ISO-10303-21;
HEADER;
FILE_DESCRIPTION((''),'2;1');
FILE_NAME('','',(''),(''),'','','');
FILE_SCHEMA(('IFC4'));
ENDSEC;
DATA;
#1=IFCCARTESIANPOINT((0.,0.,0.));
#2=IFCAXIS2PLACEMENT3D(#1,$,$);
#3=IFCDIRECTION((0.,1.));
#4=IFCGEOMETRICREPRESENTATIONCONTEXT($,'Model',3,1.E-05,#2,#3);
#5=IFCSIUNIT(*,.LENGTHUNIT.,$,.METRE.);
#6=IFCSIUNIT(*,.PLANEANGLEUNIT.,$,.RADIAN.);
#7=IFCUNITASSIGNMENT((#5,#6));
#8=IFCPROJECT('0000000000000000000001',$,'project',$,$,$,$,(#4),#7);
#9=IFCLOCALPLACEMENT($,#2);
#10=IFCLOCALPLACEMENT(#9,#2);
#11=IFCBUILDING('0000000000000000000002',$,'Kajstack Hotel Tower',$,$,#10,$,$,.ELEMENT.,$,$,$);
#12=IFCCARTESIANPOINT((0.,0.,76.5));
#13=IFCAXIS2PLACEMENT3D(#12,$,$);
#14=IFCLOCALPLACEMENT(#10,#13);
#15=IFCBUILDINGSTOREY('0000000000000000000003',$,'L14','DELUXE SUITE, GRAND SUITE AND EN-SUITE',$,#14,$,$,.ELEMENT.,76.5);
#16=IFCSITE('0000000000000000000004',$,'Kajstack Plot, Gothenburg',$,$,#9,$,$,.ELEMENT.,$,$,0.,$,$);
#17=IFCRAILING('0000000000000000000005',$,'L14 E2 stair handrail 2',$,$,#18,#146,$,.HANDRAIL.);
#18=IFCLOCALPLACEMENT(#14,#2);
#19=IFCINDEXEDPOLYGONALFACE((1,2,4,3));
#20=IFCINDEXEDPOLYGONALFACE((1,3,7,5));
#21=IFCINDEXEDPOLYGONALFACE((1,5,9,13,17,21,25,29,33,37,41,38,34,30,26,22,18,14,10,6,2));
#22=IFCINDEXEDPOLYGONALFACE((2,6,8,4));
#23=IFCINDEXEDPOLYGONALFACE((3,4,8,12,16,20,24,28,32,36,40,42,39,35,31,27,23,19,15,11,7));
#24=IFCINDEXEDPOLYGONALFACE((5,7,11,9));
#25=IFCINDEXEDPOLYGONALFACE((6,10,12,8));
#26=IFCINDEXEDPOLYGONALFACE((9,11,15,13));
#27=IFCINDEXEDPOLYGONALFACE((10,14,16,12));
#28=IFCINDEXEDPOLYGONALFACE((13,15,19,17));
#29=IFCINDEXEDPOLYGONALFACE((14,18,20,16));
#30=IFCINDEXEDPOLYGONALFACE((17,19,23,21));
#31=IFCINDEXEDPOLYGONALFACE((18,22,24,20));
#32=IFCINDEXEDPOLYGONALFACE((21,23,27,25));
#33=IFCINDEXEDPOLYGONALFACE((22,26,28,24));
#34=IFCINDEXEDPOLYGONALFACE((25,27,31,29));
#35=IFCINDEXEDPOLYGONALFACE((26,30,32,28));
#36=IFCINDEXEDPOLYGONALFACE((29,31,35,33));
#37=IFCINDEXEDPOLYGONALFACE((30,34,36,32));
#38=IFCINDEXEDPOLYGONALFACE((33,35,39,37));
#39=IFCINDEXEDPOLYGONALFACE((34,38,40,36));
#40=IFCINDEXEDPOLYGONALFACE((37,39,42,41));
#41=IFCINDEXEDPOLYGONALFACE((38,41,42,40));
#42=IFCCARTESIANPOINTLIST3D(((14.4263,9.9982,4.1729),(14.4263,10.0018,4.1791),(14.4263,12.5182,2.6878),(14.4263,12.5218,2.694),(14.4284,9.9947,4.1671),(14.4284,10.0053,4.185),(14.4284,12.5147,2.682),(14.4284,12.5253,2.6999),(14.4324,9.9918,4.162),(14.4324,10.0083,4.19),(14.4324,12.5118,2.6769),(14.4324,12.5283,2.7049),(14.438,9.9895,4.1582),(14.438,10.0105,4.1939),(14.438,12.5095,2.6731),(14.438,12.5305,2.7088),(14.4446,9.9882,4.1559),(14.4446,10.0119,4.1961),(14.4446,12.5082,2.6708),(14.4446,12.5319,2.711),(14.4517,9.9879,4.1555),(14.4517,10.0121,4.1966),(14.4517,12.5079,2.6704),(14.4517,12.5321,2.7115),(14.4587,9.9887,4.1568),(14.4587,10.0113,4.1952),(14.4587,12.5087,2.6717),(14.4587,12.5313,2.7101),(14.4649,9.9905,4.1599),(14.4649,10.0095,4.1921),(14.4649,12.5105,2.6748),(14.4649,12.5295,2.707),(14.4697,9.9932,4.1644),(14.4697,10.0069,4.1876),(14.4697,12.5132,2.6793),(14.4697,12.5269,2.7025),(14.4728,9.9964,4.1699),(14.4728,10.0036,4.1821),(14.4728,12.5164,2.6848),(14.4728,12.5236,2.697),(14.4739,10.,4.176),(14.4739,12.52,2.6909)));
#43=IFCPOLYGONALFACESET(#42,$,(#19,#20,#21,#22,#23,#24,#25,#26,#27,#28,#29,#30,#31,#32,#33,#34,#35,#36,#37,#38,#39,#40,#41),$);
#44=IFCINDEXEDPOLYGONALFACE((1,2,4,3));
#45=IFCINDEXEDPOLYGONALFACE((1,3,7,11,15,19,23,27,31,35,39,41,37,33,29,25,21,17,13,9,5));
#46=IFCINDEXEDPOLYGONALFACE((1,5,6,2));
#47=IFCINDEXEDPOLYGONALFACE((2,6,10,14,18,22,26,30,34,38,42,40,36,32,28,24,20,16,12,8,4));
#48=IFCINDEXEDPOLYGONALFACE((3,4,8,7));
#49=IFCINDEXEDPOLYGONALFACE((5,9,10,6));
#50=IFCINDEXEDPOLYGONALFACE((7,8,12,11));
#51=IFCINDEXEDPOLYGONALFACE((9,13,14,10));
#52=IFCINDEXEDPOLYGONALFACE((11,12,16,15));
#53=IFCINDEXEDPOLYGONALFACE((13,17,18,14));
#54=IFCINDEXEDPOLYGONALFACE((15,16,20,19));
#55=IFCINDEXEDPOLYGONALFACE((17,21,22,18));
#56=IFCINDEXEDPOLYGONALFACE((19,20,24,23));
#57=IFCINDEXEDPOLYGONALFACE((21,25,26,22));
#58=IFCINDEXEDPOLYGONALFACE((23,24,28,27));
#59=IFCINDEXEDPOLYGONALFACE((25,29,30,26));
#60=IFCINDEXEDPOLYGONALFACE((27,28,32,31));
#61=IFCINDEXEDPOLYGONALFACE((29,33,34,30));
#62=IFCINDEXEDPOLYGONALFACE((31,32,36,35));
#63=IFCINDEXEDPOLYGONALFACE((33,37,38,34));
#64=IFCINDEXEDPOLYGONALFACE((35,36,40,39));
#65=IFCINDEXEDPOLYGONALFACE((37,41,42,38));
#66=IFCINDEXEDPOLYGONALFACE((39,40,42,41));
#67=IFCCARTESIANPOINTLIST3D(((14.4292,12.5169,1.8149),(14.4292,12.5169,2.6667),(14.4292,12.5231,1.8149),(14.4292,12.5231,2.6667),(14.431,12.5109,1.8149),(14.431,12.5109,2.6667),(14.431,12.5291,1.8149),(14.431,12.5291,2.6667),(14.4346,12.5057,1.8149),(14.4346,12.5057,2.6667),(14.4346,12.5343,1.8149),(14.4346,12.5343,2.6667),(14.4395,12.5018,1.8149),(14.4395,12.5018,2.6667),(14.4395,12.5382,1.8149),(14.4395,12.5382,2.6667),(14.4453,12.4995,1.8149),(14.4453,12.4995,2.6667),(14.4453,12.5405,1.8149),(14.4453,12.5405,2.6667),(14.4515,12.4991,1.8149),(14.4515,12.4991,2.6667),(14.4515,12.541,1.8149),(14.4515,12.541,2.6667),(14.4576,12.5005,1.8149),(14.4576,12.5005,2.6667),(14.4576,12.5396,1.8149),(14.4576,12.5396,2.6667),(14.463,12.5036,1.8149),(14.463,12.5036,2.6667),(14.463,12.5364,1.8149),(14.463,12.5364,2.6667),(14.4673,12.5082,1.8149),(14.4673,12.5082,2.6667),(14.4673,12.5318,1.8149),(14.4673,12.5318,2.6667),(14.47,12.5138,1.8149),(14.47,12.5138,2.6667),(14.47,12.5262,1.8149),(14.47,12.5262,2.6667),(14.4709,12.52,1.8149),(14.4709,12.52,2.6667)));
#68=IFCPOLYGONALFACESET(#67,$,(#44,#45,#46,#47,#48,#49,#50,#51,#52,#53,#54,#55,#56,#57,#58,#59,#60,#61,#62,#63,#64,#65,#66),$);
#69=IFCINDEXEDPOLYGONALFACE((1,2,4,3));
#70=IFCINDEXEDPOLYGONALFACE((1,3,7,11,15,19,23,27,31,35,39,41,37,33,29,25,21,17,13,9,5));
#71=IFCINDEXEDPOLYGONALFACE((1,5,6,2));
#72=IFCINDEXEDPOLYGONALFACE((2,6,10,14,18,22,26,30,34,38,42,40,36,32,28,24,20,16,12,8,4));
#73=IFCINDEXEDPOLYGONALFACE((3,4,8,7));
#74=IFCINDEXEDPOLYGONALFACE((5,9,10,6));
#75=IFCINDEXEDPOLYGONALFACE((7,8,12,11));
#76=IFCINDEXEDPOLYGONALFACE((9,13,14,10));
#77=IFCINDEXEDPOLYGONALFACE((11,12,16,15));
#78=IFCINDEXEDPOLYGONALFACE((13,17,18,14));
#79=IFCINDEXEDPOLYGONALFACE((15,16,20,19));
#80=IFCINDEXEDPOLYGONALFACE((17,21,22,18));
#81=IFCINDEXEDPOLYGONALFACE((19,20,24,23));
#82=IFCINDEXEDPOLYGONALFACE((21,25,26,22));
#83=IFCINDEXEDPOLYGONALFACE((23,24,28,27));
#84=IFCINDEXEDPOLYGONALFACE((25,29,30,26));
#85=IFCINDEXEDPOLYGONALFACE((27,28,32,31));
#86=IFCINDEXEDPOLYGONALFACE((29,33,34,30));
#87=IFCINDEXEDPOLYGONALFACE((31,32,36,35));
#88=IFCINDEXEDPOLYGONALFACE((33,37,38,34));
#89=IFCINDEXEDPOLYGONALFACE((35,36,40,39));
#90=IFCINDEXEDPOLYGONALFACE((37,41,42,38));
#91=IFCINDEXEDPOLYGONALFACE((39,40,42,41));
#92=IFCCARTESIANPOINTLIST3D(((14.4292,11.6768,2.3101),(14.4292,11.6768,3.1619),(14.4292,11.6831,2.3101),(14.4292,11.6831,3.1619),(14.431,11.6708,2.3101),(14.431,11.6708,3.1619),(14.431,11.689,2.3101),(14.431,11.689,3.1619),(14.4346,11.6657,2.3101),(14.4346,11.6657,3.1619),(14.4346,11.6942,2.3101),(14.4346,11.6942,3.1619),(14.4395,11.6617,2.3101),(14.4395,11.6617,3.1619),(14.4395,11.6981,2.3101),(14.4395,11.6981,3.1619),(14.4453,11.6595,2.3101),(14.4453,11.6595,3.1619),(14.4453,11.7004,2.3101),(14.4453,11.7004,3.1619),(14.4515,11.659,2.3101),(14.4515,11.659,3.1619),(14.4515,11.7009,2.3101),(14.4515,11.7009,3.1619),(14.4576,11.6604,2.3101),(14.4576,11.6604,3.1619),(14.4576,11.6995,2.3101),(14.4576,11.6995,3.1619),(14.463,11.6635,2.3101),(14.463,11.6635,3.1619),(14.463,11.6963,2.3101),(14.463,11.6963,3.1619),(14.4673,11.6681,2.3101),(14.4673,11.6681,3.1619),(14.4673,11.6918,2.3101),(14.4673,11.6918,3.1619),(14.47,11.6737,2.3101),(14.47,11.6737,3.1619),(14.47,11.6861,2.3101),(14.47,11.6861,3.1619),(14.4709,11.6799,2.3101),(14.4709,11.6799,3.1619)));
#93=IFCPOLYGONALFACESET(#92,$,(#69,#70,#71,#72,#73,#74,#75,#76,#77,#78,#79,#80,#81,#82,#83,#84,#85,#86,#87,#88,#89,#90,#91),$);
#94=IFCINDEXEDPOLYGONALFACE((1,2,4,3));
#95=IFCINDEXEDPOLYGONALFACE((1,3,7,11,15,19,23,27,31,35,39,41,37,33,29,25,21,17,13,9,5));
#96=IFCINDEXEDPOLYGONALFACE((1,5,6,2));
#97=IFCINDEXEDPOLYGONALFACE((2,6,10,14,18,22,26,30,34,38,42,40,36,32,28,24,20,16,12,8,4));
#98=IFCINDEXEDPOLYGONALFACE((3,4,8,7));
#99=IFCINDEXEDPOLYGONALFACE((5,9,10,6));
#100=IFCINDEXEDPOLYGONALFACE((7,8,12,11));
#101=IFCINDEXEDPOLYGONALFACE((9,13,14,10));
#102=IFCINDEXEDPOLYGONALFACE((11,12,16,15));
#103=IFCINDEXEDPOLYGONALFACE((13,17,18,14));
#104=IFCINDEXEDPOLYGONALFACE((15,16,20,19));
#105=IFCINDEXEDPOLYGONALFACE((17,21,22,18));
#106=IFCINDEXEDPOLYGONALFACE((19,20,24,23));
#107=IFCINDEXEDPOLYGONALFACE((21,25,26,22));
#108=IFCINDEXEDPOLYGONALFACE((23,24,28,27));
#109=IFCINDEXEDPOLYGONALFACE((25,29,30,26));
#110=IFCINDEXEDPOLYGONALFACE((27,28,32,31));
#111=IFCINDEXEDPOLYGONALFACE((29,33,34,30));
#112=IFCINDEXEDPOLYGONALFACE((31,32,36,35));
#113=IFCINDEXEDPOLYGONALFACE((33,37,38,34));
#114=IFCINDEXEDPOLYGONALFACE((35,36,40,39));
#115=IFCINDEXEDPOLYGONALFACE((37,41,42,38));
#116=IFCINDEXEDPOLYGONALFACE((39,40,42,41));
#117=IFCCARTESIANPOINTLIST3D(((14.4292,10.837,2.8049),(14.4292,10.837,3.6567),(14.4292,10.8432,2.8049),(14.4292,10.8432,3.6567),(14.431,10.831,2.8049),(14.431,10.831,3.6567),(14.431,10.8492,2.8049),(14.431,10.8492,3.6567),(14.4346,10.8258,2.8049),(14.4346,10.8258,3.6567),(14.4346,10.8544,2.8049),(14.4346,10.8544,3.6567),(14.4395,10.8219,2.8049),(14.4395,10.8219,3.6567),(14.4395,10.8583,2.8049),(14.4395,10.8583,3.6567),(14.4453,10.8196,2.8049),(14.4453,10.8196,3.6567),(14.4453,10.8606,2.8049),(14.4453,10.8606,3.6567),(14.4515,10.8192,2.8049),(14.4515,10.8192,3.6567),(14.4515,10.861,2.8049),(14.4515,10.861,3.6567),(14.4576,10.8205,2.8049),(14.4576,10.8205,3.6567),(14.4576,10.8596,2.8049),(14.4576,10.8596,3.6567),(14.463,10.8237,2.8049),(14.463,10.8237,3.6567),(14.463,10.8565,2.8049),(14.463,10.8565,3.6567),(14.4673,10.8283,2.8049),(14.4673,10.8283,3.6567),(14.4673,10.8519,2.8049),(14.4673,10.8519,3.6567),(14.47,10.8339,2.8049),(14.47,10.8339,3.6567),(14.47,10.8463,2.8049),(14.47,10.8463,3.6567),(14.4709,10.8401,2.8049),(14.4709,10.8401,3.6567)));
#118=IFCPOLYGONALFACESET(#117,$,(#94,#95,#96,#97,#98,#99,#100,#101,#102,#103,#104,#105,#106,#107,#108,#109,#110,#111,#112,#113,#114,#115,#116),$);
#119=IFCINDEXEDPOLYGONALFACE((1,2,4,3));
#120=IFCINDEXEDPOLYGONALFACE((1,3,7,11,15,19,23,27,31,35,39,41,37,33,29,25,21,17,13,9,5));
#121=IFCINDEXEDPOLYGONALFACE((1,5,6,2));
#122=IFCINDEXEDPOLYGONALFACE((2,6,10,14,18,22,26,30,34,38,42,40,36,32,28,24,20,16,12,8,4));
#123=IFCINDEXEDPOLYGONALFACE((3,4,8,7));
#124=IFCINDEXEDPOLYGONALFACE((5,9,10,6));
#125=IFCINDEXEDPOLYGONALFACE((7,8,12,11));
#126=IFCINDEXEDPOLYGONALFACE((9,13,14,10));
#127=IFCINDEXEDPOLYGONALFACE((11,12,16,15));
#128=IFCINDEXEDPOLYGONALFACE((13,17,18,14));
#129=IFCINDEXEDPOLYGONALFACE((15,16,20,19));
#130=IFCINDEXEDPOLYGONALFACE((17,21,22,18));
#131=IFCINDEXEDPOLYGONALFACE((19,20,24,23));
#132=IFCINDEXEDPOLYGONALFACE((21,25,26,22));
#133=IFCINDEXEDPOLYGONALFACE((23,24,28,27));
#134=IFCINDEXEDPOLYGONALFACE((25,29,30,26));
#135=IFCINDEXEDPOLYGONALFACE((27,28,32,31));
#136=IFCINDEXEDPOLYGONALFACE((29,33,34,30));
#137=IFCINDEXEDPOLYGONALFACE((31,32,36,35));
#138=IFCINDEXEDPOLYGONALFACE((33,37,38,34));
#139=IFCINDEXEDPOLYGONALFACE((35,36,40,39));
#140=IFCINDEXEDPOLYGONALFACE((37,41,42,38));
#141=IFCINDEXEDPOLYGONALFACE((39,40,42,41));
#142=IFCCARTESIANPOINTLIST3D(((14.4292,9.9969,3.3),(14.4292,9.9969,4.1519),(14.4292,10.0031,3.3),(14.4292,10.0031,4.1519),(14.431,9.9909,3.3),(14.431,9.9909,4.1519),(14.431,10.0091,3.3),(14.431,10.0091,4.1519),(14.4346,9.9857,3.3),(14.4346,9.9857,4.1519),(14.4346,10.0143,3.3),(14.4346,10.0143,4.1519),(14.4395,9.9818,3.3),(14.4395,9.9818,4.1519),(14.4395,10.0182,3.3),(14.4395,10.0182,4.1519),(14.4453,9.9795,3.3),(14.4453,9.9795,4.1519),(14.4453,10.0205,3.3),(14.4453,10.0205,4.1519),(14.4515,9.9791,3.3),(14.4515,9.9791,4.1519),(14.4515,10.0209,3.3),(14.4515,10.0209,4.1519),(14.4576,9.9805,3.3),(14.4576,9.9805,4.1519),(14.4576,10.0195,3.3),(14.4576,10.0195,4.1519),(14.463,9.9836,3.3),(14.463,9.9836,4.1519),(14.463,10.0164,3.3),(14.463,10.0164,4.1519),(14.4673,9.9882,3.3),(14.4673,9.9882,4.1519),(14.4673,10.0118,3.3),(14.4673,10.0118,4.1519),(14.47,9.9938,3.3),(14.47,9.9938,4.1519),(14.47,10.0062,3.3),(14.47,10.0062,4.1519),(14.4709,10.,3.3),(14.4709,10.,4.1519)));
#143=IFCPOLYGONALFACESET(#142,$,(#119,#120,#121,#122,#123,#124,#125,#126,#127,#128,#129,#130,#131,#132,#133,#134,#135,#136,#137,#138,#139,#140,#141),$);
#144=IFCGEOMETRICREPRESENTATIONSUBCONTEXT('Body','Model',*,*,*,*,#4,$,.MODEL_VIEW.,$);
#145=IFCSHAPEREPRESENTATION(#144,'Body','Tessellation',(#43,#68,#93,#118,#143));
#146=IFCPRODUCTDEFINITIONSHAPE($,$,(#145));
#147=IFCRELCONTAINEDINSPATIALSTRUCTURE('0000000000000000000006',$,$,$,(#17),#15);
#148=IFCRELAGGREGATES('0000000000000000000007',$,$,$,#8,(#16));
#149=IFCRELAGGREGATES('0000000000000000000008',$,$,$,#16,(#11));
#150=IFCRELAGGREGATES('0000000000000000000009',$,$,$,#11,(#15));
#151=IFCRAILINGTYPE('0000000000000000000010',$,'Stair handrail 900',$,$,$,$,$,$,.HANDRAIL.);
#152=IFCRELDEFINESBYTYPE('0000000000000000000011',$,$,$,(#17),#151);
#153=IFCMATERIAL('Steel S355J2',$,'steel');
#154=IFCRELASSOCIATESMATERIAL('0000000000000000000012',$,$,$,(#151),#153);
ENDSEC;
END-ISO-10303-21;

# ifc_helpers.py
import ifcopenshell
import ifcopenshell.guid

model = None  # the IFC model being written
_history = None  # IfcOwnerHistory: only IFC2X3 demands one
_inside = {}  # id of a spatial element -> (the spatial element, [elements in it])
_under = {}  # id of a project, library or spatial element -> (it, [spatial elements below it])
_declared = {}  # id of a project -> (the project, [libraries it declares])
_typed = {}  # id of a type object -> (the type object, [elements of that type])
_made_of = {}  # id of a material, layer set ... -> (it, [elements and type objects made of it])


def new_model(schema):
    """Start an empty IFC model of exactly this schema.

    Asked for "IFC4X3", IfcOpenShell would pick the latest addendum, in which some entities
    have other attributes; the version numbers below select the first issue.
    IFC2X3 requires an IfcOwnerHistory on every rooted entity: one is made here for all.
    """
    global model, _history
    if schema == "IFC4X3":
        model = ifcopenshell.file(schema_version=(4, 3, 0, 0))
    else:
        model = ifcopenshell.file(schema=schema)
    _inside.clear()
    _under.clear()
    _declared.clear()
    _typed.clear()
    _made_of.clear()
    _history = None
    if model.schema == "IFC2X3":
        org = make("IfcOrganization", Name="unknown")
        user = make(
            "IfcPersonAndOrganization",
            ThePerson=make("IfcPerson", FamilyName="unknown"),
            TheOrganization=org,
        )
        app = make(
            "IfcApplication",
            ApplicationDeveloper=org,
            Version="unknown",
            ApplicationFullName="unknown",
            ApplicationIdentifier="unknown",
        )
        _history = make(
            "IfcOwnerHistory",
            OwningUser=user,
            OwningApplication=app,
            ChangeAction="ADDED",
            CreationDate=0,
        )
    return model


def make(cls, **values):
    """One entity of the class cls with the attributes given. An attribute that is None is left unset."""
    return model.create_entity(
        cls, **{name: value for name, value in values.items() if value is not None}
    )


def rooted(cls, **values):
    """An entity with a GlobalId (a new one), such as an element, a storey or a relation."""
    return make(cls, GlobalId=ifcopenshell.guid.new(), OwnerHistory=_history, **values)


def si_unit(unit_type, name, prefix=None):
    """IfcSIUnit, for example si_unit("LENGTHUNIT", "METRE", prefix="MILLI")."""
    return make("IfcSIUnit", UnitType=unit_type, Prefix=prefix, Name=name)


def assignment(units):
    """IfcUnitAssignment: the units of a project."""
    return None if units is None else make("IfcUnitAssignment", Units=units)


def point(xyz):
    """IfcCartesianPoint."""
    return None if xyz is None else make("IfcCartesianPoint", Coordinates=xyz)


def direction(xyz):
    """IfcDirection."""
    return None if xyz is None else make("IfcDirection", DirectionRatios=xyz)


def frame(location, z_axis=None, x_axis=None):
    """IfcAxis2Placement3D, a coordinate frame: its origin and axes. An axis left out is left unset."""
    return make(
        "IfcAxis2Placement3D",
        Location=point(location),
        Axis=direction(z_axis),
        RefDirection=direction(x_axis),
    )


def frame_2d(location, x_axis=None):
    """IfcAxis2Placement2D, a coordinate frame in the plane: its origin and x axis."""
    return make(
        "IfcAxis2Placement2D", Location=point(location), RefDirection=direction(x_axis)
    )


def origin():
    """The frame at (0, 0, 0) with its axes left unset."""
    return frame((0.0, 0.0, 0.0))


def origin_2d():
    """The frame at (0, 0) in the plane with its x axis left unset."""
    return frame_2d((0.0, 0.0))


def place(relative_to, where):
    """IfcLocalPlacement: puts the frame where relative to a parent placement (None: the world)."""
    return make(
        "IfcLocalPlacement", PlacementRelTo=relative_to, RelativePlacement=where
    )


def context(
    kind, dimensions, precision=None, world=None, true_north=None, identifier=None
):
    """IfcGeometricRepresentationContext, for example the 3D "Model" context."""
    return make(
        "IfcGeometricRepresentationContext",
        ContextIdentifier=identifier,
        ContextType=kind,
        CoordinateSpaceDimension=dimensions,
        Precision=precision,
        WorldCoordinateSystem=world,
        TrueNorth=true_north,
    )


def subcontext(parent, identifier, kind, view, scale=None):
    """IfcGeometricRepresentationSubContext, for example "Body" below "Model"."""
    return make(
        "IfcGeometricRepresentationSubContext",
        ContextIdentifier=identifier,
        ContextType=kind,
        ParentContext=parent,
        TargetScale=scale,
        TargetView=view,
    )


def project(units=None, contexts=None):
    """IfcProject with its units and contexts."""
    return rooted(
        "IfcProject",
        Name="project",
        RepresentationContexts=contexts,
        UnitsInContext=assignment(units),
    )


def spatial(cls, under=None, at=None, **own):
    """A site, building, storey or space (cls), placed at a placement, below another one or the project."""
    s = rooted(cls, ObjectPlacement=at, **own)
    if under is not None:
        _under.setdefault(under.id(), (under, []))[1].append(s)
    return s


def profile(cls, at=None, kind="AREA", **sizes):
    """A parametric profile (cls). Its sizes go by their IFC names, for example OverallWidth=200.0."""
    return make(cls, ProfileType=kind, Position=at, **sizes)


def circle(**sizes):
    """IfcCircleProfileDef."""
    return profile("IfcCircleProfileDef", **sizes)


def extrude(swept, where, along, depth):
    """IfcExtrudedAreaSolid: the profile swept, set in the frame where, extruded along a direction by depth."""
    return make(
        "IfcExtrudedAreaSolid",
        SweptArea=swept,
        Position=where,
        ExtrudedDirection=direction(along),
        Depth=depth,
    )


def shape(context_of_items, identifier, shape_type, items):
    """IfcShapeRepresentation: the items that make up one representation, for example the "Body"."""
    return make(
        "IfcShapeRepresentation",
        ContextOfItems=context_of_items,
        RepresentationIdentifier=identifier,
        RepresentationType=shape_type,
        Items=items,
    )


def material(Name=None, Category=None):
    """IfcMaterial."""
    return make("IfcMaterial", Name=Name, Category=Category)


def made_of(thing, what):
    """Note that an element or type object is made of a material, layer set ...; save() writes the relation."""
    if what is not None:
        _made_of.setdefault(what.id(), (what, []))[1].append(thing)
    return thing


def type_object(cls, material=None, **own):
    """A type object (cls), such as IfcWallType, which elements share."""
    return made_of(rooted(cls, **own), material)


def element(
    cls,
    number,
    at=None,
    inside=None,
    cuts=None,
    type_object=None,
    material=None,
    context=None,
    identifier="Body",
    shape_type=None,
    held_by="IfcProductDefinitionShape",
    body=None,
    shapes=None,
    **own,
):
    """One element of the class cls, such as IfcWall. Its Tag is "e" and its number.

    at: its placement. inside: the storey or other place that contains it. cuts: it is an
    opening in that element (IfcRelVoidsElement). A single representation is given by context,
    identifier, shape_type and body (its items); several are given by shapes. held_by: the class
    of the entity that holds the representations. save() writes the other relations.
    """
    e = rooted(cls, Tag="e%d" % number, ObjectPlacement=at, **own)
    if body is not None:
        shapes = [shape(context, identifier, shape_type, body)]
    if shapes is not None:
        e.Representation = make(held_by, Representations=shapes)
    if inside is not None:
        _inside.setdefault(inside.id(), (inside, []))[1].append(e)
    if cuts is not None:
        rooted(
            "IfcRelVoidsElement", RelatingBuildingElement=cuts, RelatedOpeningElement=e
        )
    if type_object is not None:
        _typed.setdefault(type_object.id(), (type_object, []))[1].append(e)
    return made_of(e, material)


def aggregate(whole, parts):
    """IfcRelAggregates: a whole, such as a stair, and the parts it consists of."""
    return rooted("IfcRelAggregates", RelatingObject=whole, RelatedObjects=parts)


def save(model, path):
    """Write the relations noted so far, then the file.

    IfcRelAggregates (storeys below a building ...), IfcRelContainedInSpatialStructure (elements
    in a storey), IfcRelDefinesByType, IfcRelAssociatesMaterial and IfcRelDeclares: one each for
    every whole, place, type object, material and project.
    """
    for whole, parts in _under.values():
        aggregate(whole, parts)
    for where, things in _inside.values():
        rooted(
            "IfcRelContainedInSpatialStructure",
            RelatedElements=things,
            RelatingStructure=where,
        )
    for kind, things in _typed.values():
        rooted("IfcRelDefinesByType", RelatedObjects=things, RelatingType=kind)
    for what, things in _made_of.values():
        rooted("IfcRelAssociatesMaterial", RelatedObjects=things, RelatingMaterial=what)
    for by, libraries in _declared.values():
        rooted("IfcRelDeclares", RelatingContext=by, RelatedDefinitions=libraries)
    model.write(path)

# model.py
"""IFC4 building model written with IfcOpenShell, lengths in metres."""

from ifc_helpers import new_model, si_unit, direction, frame, origin, origin_2d, place, context, subcontext, project, spatial, circle, extrude, material, type_object, element, save


model = new_model("IFC4")

# Units and contexts
model_context = context("Model", 3, precision=1e-05, world=origin(), true_north=direction((0.0, 1.0)))
body_context = subcontext(model_context, "Body", "Model", "MODEL_VIEW")
ifc_project = project(units=[si_unit("LENGTHUNIT", "METRE"), si_unit("PLANEANGLEUNIT", "RADIAN")], contexts=[model_context])

# Site, building, storey
site_placement = place(None, origin())
site = spatial("IfcSite", under=ifc_project, at=site_placement, Name="Kajstack Plot, Gothenburg", CompositionType="ELEMENT", RefElevation=0.0)
building_placement = place(site_placement, origin())
building = spatial("IfcBuilding", under=site, at=building_placement, Name="Kajstack Hotel Tower", CompositionType="ELEMENT")
storey_placement = place(building_placement, frame((0.0, 0.0, 76.5)))
storey = spatial("IfcBuildingStorey", under=building, at=storey_placement, Name="L14", Description="DELUXE SUITE, GRAND SUITE AND EN-SUITE", CompositionType="ELEMENT", Elevation=76.5)

# Railing
ifc_material_1 = material(Name="Steel S355J2", Category="steel")
railing_type = type_object("IfcRailingType", Name="Stair handrail 900", PredefinedType="HANDRAIL", material=ifc_material_1)
railing_placement = place(storey_placement, frame((14.45, 12.52, 1.8149)))
element("IfcRailing", 1, at=railing_placement, inside=storey, type_object=railing_type, Name="L14 E2 stair handrail 2", PredefinedType="HANDRAIL", context=body_context, shape_type="SweptSolid", body=[
    extrude(circle(Radius=0.0239, at=origin_2d()), frame((0.0, 0.0, 0.876), z_axis=(0.0, -0.861524, 0.507717), x_axis=(1.0, 0.0, 0.0)), (0.0, 0.0, 1.0), 2.925),
    extrude(circle(Radius=0.021, at=origin_2d()), origin(), (0.0, 0.0, 1.0), 0.8518),
    extrude(circle(Radius=0.021, at=origin_2d()), frame((0.0, -0.8401, 0.4951)), (0.0, 0.0, 1.0), 0.8518),
    extrude(circle(Radius=0.021, at=origin_2d()), frame((0.0, -1.6799, 0.99)), (0.0, 0.0, 1.0), 0.8518),
    extrude(circle(Radius=0.021, at=origin_2d()), frame((0.0, -2.52, 1.4851)), (0.0, 0.0, 1.0), 0.8518),
])

save(model, "model.ifc")
